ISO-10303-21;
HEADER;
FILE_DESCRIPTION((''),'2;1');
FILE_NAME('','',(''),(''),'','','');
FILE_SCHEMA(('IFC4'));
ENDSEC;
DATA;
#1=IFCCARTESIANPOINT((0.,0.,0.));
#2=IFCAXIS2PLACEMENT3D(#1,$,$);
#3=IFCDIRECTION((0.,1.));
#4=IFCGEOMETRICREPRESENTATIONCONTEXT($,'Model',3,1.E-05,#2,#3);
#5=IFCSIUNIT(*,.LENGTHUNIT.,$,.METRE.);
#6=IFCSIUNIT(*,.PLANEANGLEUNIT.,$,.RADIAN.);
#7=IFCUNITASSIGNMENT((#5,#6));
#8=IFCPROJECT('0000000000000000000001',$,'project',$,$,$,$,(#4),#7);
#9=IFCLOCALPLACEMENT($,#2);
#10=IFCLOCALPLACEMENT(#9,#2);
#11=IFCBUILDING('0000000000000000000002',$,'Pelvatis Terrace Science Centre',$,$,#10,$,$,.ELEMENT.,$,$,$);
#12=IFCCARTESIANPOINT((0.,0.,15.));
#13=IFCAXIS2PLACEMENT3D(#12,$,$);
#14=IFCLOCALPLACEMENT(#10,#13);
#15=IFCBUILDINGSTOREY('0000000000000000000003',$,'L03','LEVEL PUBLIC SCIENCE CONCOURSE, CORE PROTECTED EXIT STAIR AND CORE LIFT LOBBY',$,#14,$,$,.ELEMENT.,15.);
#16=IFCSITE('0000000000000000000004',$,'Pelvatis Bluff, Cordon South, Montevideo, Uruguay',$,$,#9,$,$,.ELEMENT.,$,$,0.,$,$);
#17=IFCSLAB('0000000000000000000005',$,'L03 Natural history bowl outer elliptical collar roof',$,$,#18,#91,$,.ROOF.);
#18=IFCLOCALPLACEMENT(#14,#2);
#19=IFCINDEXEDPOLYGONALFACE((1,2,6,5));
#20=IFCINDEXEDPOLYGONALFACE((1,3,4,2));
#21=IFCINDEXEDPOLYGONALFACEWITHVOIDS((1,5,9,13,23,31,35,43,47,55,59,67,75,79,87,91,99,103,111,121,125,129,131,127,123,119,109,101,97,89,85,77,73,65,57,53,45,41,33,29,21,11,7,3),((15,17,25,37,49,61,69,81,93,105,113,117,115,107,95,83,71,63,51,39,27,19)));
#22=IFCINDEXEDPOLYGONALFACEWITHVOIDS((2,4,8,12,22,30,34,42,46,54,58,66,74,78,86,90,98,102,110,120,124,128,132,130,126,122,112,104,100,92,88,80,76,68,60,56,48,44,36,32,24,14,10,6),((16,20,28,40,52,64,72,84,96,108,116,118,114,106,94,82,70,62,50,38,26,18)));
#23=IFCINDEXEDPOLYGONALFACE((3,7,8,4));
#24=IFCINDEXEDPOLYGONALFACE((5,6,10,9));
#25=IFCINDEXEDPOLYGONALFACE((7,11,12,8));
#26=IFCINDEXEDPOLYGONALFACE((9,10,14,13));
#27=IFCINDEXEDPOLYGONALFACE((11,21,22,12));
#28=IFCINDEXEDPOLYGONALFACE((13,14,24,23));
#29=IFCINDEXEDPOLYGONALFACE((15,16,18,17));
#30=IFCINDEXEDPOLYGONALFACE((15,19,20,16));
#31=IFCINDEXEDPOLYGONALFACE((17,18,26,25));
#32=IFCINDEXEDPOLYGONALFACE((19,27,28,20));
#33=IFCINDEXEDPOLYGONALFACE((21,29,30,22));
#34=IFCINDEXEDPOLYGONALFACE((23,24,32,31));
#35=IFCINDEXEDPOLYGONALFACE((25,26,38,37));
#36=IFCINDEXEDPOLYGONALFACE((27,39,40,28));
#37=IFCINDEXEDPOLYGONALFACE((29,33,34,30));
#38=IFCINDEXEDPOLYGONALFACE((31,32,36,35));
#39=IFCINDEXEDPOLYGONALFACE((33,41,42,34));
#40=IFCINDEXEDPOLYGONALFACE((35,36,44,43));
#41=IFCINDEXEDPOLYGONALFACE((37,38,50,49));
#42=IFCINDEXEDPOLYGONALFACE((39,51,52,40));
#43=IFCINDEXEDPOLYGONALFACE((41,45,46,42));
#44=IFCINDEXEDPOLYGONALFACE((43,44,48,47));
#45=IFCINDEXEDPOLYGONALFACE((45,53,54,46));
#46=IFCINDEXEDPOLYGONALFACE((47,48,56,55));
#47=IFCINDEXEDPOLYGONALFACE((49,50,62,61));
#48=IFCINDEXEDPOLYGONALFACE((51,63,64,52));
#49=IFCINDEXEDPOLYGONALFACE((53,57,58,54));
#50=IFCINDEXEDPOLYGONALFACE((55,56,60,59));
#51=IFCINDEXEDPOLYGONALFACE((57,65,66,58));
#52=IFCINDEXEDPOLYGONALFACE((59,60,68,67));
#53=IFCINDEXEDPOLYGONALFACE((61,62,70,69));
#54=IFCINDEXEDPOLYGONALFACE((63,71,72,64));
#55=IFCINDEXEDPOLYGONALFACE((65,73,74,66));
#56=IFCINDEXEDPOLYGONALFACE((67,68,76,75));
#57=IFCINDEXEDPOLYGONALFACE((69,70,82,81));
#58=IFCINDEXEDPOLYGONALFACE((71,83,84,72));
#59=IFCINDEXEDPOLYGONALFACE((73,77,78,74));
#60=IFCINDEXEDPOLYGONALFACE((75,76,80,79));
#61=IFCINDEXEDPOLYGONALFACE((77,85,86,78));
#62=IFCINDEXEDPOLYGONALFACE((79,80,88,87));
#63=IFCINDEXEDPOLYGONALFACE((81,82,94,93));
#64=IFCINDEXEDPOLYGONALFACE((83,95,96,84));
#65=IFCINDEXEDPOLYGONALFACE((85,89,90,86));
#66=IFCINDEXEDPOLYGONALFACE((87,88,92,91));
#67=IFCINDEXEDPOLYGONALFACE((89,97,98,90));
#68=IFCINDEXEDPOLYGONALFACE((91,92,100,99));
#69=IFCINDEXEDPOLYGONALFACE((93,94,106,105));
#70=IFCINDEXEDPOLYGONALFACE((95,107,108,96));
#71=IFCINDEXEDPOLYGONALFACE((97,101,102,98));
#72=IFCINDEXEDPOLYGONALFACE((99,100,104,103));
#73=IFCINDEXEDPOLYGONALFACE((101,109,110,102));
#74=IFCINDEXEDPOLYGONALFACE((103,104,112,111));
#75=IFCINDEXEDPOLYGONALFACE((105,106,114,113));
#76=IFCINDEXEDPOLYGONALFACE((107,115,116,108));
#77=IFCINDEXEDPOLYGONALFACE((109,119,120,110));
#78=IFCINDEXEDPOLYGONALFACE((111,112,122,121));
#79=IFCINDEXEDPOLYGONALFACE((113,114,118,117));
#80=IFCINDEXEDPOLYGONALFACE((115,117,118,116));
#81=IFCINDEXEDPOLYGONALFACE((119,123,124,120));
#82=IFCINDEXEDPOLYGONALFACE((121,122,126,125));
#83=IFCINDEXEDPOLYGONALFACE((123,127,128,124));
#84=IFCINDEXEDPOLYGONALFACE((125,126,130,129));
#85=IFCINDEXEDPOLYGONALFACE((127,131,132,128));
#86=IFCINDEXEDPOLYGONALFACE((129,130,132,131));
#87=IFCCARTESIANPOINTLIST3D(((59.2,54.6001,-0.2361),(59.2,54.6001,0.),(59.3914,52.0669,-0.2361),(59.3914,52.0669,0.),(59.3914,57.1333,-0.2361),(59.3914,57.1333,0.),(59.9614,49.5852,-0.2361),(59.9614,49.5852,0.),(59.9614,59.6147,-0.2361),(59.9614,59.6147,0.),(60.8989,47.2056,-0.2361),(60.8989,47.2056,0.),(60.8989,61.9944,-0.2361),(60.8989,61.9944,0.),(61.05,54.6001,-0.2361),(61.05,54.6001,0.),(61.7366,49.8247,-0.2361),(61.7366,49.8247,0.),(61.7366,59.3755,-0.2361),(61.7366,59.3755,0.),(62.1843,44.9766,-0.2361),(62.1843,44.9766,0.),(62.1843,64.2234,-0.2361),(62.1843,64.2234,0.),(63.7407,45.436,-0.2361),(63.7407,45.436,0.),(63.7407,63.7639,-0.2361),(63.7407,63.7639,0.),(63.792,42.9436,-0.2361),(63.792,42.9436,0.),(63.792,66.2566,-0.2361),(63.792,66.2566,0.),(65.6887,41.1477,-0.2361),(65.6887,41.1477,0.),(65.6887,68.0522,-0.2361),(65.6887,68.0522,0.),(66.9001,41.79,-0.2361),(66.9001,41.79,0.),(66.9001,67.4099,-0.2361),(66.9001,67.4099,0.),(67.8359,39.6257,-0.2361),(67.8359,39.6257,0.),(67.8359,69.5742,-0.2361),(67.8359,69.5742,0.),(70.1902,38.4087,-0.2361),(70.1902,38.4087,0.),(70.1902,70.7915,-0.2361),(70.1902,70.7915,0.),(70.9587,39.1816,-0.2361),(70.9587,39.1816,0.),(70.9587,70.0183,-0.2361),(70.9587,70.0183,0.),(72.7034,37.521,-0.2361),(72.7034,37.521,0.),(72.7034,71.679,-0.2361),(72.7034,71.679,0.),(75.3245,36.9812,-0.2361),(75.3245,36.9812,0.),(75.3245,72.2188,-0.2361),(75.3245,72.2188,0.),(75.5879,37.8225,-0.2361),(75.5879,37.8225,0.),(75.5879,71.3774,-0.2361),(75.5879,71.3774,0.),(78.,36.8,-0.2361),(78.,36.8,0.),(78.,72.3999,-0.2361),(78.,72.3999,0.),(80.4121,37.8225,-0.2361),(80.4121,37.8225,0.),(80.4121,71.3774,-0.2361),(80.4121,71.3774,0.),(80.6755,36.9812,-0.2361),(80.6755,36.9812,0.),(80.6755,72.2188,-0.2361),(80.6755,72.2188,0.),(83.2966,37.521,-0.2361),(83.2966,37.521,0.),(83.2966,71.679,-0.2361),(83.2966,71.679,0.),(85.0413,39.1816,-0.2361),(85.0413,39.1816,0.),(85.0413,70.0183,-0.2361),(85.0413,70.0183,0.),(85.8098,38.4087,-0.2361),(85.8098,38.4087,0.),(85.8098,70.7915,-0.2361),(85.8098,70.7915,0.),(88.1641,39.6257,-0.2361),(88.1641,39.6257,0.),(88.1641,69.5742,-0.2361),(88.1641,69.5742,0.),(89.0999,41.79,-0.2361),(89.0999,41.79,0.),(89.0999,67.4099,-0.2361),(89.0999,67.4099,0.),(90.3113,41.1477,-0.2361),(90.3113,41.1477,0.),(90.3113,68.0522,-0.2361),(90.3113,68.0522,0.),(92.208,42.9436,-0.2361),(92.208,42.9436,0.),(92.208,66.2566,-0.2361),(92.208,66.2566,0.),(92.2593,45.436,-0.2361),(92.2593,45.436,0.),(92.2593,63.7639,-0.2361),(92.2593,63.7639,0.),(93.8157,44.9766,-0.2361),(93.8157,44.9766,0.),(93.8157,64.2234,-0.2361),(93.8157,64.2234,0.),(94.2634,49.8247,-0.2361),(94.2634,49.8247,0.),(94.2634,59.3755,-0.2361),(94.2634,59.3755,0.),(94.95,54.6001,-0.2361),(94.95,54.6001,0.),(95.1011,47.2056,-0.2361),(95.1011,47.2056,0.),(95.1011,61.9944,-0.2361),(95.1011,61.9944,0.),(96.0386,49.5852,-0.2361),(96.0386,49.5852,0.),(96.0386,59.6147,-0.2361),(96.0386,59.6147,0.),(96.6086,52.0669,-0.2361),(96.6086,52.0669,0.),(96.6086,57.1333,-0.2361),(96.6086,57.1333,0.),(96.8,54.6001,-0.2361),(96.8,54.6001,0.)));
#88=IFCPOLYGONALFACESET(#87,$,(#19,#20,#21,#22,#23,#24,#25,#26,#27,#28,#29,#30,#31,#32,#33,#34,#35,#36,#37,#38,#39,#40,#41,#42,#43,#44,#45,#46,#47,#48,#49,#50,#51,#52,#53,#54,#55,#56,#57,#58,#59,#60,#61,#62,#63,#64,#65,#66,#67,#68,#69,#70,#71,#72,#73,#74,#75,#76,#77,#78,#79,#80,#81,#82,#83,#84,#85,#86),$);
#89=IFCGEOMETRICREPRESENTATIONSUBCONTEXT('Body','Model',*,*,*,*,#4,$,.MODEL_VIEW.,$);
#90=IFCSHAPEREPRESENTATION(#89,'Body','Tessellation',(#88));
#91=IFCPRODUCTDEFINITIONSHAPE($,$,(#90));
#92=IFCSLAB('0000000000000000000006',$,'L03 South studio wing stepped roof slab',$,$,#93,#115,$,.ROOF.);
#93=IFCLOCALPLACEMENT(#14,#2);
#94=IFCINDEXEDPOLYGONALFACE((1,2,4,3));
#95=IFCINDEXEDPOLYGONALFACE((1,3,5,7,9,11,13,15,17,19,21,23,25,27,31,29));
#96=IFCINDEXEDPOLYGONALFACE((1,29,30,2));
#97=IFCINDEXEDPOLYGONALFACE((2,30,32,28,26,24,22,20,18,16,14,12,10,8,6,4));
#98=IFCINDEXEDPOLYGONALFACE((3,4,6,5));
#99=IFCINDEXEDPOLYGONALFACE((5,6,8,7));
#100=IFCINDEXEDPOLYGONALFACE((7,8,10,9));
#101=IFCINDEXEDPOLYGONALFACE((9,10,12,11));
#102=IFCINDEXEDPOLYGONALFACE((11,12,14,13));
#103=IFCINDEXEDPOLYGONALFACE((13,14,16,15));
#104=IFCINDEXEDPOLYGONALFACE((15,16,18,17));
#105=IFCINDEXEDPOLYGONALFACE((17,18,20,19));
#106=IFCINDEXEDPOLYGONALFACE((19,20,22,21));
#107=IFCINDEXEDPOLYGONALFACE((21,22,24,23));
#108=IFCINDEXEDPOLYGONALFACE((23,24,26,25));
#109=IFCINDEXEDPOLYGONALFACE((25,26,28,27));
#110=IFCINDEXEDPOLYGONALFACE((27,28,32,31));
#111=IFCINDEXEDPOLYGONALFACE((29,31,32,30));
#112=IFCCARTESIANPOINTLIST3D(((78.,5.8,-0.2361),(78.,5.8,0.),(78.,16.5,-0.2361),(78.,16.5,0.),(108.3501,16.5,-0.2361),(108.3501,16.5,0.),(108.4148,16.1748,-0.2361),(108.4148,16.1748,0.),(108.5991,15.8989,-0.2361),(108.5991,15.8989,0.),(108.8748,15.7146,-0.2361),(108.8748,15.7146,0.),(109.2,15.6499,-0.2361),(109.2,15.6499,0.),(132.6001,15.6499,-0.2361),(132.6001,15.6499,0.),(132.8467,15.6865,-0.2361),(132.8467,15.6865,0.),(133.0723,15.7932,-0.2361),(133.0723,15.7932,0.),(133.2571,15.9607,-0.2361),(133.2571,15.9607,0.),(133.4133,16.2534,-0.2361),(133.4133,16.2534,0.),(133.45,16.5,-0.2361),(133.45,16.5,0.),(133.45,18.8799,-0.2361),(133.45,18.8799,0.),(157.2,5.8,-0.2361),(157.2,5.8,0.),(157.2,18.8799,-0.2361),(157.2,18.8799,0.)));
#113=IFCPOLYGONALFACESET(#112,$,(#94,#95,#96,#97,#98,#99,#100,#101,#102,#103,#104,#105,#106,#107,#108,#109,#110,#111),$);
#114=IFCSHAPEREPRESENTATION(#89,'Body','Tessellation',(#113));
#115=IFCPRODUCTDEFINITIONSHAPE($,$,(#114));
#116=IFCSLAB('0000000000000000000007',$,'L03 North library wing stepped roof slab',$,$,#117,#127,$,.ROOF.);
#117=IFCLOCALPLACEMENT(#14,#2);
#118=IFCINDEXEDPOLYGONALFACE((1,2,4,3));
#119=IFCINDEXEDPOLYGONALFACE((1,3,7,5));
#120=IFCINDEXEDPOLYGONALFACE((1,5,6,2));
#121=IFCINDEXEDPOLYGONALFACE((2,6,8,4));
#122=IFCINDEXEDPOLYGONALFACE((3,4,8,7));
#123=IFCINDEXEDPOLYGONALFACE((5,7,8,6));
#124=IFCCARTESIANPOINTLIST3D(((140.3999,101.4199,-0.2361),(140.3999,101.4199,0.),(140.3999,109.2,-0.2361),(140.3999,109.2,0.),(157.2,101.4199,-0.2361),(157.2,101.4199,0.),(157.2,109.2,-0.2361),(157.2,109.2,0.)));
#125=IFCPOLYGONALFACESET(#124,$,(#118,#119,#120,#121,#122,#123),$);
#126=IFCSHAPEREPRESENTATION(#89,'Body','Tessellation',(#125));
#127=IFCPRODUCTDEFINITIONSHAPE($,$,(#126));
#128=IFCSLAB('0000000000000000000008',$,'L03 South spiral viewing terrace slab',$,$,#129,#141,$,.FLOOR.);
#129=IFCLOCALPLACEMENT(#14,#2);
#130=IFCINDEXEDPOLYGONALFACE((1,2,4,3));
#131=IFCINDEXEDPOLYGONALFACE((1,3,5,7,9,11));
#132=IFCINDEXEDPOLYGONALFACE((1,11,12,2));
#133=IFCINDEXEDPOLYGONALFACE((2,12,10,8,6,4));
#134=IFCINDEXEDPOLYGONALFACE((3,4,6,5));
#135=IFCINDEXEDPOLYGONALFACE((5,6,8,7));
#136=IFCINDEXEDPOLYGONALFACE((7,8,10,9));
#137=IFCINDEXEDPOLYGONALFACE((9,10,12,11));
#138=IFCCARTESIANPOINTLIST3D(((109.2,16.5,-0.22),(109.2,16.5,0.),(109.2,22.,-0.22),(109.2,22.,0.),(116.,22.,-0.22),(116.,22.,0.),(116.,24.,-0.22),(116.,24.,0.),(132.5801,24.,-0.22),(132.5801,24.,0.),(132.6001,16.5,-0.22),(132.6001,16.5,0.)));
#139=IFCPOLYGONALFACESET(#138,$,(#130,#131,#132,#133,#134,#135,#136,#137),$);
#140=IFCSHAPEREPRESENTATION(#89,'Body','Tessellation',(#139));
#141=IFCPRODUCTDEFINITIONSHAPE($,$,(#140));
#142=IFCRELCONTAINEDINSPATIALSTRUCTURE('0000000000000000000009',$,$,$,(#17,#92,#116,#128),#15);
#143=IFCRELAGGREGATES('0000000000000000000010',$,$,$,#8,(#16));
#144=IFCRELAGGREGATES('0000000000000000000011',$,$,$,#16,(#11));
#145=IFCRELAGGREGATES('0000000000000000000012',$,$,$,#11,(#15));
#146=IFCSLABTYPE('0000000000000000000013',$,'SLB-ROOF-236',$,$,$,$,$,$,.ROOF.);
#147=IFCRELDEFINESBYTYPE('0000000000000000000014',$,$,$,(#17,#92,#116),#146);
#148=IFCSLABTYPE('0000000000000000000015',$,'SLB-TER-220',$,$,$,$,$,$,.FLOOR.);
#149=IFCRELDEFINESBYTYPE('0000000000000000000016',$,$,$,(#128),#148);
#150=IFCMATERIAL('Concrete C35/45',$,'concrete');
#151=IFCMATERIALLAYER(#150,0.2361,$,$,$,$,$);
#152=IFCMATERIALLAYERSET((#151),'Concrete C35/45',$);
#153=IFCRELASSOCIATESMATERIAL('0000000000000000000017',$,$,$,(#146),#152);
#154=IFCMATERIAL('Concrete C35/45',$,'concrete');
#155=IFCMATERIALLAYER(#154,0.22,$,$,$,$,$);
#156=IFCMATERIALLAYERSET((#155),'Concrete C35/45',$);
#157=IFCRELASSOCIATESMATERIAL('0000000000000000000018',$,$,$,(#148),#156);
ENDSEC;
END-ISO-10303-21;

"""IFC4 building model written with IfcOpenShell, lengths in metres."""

from ifc_helpers import new_model, si_unit, direction, frame, origin, place, context, subcontext, project, spatial, polyline, outline, extrude, material, layer, layer_set, type_object, element, save


model = new_model("IFC4")

# Units and contexts
model_context = context("Model", 3, precision=1e-05, world=origin(), true_north=direction((0.0, 1.0)))
body_context = subcontext(model_context, "Body", "Model", "MODEL_VIEW")
ifc_project = project(units=[si_unit("LENGTHUNIT", "METRE"), si_unit("PLANEANGLEUNIT", "RADIAN")], contexts=[model_context])

# Site, building, storey
site_placement = place(None, origin())
site = spatial("IfcSite", under=ifc_project, at=site_placement, Name="Pelvatis Bluff, Cordon South, Montevideo, Uruguay", CompositionType="ELEMENT", RefElevation=0.0)
building_placement = place(site_placement, origin())
building = spatial("IfcBuilding", under=site, at=building_placement, Name="Pelvatis Terrace Science Centre", CompositionType="ELEMENT")
storey_placement = place(building_placement, frame((0.0, 0.0, 15.0)))
storey = spatial("IfcBuildingStorey", under=building, at=storey_placement, Name="L03", Description="LEVEL PUBLIC SCIENCE CONCOURSE, CORE PROTECTED EXIT STAIR AND CORE LIFT LOBBY", CompositionType="ELEMENT", Elevation=15.0)

# Slabs
ifc_material_1 = material(Name="Concrete C35/45", Category="concrete")
ifc_layer_1 = layer(ifc_material_1, 0.2361)
ifc_layer_set_1 = layer_set([ifc_layer_1], Name="Concrete C35/45")
slab_type_1 = type_object("IfcSlabType", Name="SLB-ROOF-236", PredefinedType="ROOF", material=ifc_layer_set_1)
slab_1_placement = place(storey_placement, frame((0.0, 0.0, -0.2361)))
element("IfcSlab", 1, at=slab_1_placement, inside=storey, type_object=slab_type_1, Name="L03 Natural history bowl outer elliptical collar roof", PredefinedType="ROOF", context=body_context, shape_type="SweptSolid", body=[
    extrude(outline(polyline([(96.0386, 49.5852), (95.1011, 47.2056), (93.8157, 44.9766), (92.208, 42.9436), (90.3113, 41.1477), (88.1641, 39.6257), (85.8098, 38.4087), (83.2966, 37.521), (80.6755, 36.9812), (78.0, 36.8), (75.3245, 36.9812), (72.7034, 37.521), (70.1902, 38.4087), (67.8359, 39.6257), (65.6887, 41.1477), (63.792, 42.9436), (62.1843, 44.9766), (60.8989, 47.2056), (59.9614, 49.5852), (59.3914, 52.0669), (59.2, 54.6001), (59.3914, 57.1333), (59.9614, 59.6147), (60.8989, 61.9944), (62.1843, 64.2234), (63.792, 66.2566), (65.6887, 68.0522), (67.8359, 69.5742), (70.1902, 70.7915), (72.7034, 71.679), (75.3245, 72.2188), (78.0, 72.3999), (80.6755, 72.2188), (83.2966, 71.679), (85.8098, 70.7915), (88.1641, 69.5742), (90.3113, 68.0522), (92.208, 66.2566), (93.8157, 64.2234), (95.1011, 61.9944), (96.0386, 59.6147), (96.6086, 57.1333), (96.8, 54.6001), (96.6086, 52.0669), (96.0386, 49.5852)]), holes=[polyline([(94.2634, 59.3755), (92.2593, 63.7639), (89.0999, 67.4099), (85.0413, 70.0183), (80.4121, 71.3774), (75.5879, 71.3774), (70.9587, 70.0183), (66.9001, 67.4099), (63.7407, 63.7639), (61.7366, 59.3755), (61.05, 54.6001), (61.7366, 49.8247), (63.7407, 45.436), (66.9001, 41.79), (70.9587, 39.1816), (75.5879, 37.8225), (80.4121, 37.8225), (85.0413, 39.1816), (89.0999, 41.79), (92.2593, 45.436), (94.2634, 49.8247), (94.95, 54.6001), (94.2634, 59.3755)])]), origin(), (0.0, 0.0, 1.0), 0.2361),
])
slab_2_placement = place(storey_placement, frame((0.0, 0.0, -0.2361)))
element("IfcSlab", 2, at=slab_2_placement, inside=storey, type_object=slab_type_1, Name="L03 South studio wing stepped roof slab", PredefinedType="ROOF", context=body_context, shape_type="SweptSolid", body=[
    extrude(outline(polyline([(78.0, 16.5), (108.3501, 16.5), (108.4148, 16.1748), (108.5991, 15.8989), (108.8748, 15.7146), (109.2, 15.6499), (132.6001, 15.6499), (132.8467, 15.6865), (133.0723, 15.7932), (133.2571, 15.9607), (133.4133, 16.2534), (133.45, 16.5), (133.45, 18.8799), (157.2, 18.8799), (157.2, 5.8), (78.0, 5.8), (78.0, 16.5)])), origin(), (0.0, 0.0, 1.0), 0.2361),
])
slab_3_placement = place(storey_placement, frame((0.0, 0.0, -0.2361)))
element("IfcSlab", 3, at=slab_3_placement, inside=storey, type_object=slab_type_1, Name="L03 North library wing stepped roof slab", PredefinedType="ROOF", context=body_context, shape_type="SweptSolid", body=[
    extrude(outline(polyline([(140.3999, 109.2), (157.2, 109.2), (157.2, 101.4199), (140.3999, 101.4199), (140.3999, 109.2)])), origin(), (0.0, 0.0, 1.0), 0.2361),
])
ifc_material_2 = material(Name="Concrete C35/45", Category="concrete")
ifc_layer_2 = layer(ifc_material_2, 0.22)
ifc_layer_set_2 = layer_set([ifc_layer_2], Name="Concrete C35/45")
slab_type_2 = type_object("IfcSlabType", Name="SLB-TER-220", PredefinedType="FLOOR", material=ifc_layer_set_2)
slab_4_placement = place(storey_placement, frame((0.0, 0.0, -0.22)))
element("IfcSlab", 4, at=slab_4_placement, inside=storey, type_object=slab_type_2, Name="L03 South spiral viewing terrace slab", PredefinedType="FLOOR", context=body_context, shape_type="SweptSolid", body=[
    extrude(outline(polyline([(109.2, 22.0), (116.0, 22.0), (116.0, 24.0), (132.5801, 24.0), (132.6001, 16.5), (109.2, 16.5), (109.2, 22.0)])), origin(), (0.0, 0.0, 1.0), 0.22),
])

save(model, "model.ifc")
